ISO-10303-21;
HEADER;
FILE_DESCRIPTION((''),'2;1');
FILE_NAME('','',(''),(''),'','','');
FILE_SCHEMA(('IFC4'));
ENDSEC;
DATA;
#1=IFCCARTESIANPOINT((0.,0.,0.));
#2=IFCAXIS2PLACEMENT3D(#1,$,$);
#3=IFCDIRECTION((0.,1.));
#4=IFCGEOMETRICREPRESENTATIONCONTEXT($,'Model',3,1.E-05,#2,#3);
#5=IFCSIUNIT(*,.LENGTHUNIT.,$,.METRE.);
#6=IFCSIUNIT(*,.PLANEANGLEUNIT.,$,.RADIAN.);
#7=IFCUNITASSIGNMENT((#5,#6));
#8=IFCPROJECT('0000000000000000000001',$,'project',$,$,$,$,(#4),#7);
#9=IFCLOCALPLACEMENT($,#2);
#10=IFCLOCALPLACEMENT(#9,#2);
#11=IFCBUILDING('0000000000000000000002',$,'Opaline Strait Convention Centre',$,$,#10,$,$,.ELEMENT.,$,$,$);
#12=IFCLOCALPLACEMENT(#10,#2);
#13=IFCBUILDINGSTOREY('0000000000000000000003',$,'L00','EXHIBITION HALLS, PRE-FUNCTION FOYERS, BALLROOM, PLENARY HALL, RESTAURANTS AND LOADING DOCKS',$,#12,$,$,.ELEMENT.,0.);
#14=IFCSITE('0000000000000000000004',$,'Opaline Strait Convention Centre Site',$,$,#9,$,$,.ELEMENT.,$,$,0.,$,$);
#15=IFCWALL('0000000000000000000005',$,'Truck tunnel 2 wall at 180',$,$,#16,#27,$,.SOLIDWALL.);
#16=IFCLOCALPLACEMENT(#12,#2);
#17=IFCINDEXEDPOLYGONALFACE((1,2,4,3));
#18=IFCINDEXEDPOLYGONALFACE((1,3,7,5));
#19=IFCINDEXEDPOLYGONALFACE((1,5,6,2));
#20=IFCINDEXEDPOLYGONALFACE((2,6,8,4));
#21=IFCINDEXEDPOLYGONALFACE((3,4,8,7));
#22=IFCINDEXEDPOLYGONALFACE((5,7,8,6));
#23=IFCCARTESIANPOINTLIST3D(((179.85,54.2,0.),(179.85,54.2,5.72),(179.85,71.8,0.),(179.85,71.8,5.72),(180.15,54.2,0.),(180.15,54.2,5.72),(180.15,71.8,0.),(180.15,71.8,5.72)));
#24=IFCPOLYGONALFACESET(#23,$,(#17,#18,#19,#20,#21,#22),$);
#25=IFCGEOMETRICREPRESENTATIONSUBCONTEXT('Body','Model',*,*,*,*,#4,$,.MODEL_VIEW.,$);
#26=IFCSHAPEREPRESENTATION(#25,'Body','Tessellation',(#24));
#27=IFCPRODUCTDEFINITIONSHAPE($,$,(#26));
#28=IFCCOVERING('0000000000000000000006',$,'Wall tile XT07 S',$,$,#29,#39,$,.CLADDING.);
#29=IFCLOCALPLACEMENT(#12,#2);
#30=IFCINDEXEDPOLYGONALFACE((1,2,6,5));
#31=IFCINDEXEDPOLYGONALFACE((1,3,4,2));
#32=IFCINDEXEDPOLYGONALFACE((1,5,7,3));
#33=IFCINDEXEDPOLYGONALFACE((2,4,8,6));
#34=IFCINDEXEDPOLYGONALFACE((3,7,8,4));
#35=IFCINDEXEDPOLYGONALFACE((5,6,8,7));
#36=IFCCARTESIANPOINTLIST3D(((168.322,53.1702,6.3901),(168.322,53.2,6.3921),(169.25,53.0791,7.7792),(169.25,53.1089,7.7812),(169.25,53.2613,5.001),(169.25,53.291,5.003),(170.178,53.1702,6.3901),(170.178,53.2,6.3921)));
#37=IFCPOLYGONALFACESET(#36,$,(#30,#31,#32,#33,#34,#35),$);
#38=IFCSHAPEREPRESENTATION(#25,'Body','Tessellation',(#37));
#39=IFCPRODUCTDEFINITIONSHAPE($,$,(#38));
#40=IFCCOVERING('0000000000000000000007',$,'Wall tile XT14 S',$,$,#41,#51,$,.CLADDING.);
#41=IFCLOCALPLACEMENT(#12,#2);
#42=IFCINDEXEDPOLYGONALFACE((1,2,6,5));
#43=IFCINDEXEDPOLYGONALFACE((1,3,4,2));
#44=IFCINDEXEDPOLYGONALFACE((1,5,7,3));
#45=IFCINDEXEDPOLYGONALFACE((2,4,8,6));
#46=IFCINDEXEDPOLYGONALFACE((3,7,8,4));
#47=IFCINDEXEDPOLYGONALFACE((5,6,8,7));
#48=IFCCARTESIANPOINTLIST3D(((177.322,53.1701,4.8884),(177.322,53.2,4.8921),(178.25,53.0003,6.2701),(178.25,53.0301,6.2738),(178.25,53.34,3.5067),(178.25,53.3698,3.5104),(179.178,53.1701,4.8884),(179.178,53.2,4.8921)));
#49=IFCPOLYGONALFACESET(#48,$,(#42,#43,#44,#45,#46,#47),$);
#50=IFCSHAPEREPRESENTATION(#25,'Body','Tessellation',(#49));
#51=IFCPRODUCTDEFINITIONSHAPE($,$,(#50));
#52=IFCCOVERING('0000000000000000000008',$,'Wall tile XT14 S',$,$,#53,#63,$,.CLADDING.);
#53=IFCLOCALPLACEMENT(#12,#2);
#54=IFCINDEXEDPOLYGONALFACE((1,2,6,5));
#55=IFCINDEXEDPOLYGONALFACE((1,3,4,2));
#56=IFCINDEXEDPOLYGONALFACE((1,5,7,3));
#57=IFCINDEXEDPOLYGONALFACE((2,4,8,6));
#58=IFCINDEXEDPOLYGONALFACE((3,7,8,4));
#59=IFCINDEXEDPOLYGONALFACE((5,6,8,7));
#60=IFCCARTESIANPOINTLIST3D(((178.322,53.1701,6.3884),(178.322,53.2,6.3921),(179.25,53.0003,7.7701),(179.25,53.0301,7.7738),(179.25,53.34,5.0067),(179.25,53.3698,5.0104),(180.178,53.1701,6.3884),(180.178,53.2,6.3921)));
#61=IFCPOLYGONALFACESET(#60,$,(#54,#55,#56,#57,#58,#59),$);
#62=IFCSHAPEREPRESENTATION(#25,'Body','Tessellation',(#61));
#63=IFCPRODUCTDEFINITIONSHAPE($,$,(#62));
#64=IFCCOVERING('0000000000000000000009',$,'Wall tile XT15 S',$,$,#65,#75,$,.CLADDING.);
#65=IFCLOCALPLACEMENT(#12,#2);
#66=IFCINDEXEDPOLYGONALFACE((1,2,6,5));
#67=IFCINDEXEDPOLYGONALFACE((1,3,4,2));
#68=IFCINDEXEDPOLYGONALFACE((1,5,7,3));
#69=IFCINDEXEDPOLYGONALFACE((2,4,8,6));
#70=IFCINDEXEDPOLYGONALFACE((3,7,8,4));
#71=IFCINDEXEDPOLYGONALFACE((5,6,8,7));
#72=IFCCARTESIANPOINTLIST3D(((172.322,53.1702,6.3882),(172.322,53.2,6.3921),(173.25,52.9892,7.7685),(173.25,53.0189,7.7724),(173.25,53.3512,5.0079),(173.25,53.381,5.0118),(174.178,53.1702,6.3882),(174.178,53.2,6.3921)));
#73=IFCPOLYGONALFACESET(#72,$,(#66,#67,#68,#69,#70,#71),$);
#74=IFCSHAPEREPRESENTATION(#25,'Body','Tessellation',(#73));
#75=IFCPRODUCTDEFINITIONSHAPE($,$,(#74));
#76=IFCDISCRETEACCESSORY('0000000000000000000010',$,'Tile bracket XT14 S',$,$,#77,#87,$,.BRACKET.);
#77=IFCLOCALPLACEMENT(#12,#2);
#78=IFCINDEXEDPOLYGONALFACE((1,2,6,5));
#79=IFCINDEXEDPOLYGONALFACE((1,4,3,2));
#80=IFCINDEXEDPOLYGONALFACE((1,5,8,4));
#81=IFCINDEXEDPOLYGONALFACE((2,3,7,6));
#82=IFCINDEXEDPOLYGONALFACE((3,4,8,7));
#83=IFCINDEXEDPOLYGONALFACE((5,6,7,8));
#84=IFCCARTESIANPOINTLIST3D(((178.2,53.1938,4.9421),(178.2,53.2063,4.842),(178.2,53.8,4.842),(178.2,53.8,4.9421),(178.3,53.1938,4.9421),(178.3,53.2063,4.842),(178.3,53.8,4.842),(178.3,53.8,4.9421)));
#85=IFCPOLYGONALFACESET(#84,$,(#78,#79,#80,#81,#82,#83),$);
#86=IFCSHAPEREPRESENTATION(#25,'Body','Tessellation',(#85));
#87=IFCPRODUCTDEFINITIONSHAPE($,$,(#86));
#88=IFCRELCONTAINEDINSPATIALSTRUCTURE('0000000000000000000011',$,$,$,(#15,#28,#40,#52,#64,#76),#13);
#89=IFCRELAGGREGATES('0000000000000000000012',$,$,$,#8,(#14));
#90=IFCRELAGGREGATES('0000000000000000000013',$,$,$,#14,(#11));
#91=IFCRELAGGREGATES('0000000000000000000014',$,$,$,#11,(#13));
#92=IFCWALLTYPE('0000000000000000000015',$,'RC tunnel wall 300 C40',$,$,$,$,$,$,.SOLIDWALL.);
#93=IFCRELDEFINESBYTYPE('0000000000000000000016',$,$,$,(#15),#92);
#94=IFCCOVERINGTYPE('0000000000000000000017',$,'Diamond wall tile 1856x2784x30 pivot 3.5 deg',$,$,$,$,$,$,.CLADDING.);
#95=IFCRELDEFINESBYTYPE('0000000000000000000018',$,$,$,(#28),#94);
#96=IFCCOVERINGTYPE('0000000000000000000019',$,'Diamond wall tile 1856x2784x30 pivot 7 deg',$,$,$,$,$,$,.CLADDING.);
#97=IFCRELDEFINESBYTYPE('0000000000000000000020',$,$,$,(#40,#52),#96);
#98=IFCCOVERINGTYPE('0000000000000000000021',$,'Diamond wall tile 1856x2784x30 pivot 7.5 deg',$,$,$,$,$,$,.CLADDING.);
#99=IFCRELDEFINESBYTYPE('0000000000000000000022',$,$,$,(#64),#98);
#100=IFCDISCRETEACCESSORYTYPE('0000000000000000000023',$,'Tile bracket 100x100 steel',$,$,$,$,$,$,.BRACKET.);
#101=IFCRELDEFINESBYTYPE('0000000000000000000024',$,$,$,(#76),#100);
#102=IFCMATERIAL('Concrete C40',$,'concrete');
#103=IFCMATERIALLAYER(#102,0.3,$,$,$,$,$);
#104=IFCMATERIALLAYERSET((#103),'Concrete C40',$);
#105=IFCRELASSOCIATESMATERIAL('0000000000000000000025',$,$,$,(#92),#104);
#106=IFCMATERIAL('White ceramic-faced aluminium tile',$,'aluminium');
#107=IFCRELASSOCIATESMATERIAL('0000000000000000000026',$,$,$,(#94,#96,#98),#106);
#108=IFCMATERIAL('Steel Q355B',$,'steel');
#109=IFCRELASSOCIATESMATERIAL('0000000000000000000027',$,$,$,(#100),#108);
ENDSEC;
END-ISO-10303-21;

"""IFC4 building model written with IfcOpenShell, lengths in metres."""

from ifc_helpers import new_model, si_unit, direction, frame, frame_2d, origin, place, context, subcontext, project, spatial, polyline, rectangle, outline, extrude, material, layer, layer_set, material_profile, profile_set, type_object, element, save


model = new_model("IFC4")

# Units and contexts
model_context = context("Model", 3, precision=1e-05, world=origin(), true_north=direction((0.0, 1.0)))
body_context = subcontext(model_context, "Body", "Model", "MODEL_VIEW")
ifc_project = project(units=[si_unit("LENGTHUNIT", "METRE"), si_unit("PLANEANGLEUNIT", "RADIAN")], contexts=[model_context])

# Site, building, storey
site_placement = place(None, origin())
site = spatial("IfcSite", under=ifc_project, at=site_placement, Name="Opaline Strait Convention Centre Site", CompositionType="ELEMENT", RefElevation=0.0)
building_placement = place(site_placement, origin())
building = spatial("IfcBuilding", under=site, at=building_placement, Name="Opaline Strait Convention Centre", CompositionType="ELEMENT")
storey_placement = place(building_placement, origin())
storey = spatial("IfcBuildingStorey", under=building, at=storey_placement, Name="L00", Description="EXHIBITION HALLS, PRE-FUNCTION FOYERS, BALLROOM, PLENARY HALL, RESTAURANTS AND LOADING DOCKS", CompositionType="ELEMENT", Elevation=0.0)

# Shared definitions
ifc_material_1 = material(Name="Steel Q355B", Category="steel")
ifc_material_2 = material(Name="Concrete C40", Category="concrete")

# Wall
ifc_layer_1 = layer(ifc_material_2, 0.3)
ifc_layer_set_1 = layer_set([ifc_layer_1], Name="Concrete C40")
wall_type_1 = type_object("IfcWallType", Name="RC tunnel wall 300 C40", PredefinedType="SOLIDWALL", material=ifc_layer_set_1)
wall_1_placement = place(storey_placement, frame((180.0, 54.2, 0.0), z_axis=(0.0, 0.0, 1.0), x_axis=(0.0, 1.0, 0.0)))
element("IfcWall", 1, at=wall_1_placement, inside=storey, type_object=wall_type_1, Name="Truck tunnel 2 wall at 180", PredefinedType="SOLIDWALL", context=body_context, shape_type="SweptSolid", body=[
    extrude(rectangle(XDim=17.6001, YDim=0.3, at=frame_2d((8.8, 0.0))), origin(), (0.0, 0.0, 1.0), 5.72),
])

# Coverings
ifc_material_3 = material(Name="White ceramic-faced aluminium tile", Category="aluminium")
ifc_material_profile_1 = material_profile(ifc_material_3, outline(polyline([(0.928, 0.0), (0.0, 1.3921), (-0.928, 0.0), (0.0, -1.3921), (0.928, 0.0)])), Name="Diamond tile 1856x2784")
ifc_profile_set_1 = profile_set([ifc_material_profile_1], Name="White ceramic-faced aluminium tile")
covering_type_1 = type_object("IfcCoveringType", Name="Diamond wall tile 1856x2784x30 pivot 3.5 deg", PredefinedType="CLADDING", material=ifc_profile_set_1)
covering_1_placement = place(storey_placement, frame((169.25, 53.2, 6.3921), z_axis=(0.0, -0.997857, -0.065433), x_axis=(1.0, 0.0, 0.0)))
element("IfcCovering", 2, at=covering_1_placement, inside=storey, type_object=covering_type_1, Name="Wall tile XT07 S", PredefinedType="CLADDING", context=body_context, shape_type="SweptSolid", body=[
    extrude(outline(polyline([(0.928, 0.0), (0.0, 1.3921), (-0.928, 0.0), (0.0, -1.3921), (0.928, 0.0)])), origin(), (0.0, 0.0, 1.0), 0.0298),
])
ifc_material_profile_2 = material_profile(ifc_material_3, outline(polyline([(0.928, 0.0), (0.0, 1.3921), (-0.928, 0.0), (0.0, -1.3921), (0.928, 0.0)])), Name="Diamond tile 1856x2784")
ifc_profile_set_2 = profile_set([ifc_material_profile_2], Name="White ceramic-faced aluminium tile")
covering_type_2 = type_object("IfcCoveringType", Name="Diamond wall tile 1856x2784x30 pivot 7 deg", PredefinedType="CLADDING", material=ifc_profile_set_2)
for number, where, z_axis, x_axis, name in (
    (3, (178.25, 53.2, 4.8921), (0.0, -0.992526, -0.122032), (1.0, 0.0, 0.0), "Wall tile XT14 S"),
    (4, (179.25, 53.2, 6.3921), (0.0, -0.992526, -0.122032), (1.0, 0.0, 0.0), "Wall tile XT14 S"),
):
    element("IfcCovering", number, at=place(storey_placement, frame(where, z_axis=z_axis, x_axis=x_axis)), inside=storey, type_object=covering_type_2, Name=name, PredefinedType="CLADDING", context=body_context, shape_type="SweptSolid", body=[
        extrude(outline(polyline([(0.928, 0.0), (0.0, 1.3921), (-0.928, 0.0), (0.0, -1.3921), (0.928, 0.0)])), origin(), (0.0, 0.0, 1.0), 0.03),
    ])
ifc_material_profile_3 = material_profile(ifc_material_3, outline(polyline([(0.928, 0.0), (0.0, 1.3921), (-0.928, 0.0), (0.0, -1.3921), (0.928, 0.0)])), Name="Diamond tile 1856x2784")
ifc_profile_set_3 = profile_set([ifc_material_profile_3], Name="White ceramic-faced aluminium tile")
covering_type_3 = type_object("IfcCoveringType", Name="Diamond wall tile 1856x2784x30 pivot 7.5 deg", PredefinedType="CLADDING", material=ifc_profile_set_3)
covering_2_placement = place(storey_placement, frame((173.25, 53.2, 6.3921), z_axis=(0.0, -0.99151, -0.130034), x_axis=(1.0, 0.0, 0.0)))
element("IfcCovering", 5, at=covering_2_placement, inside=storey, type_object=covering_type_3, Name="Wall tile XT15 S", PredefinedType="CLADDING", context=body_context, shape_type="SweptSolid", body=[
    extrude(outline(polyline([(0.928, 0.0), (0.0, 1.3921), (-0.928, 0.0), (0.0, -1.3921), (0.928, 0.0)])), origin(), (0.0, 0.0, 1.0), 0.03),
])

# Discrete accessory
discrete_accessory_type = type_object("IfcDiscreteAccessoryType", Name="Tile bracket 100x100 steel", PredefinedType="BRACKET", material=ifc_material_1)
discrete_accessory_placement = place(storey_placement, frame((178.2, 53.8, 4.8921), z_axis=(1.0, 0.0, 0.0), x_axis=(0.0, 1.0, 0.0)))
element("IfcDiscreteAccessory", 6, at=discrete_accessory_placement, inside=storey, type_object=discrete_accessory_type, Name="Tile bracket XT14 S", PredefinedType="BRACKET", context=body_context, shape_type="SweptSolid", body=[
    extrude(outline(polyline([(0.0, -0.05), (0.0, 0.05), (-0.6062, 0.05), (-0.5938, -0.05), (0.0, -0.05)])), origin(), (0.0, 0.0, 1.0), 0.1001),
])

save(model, "model.ifc")
